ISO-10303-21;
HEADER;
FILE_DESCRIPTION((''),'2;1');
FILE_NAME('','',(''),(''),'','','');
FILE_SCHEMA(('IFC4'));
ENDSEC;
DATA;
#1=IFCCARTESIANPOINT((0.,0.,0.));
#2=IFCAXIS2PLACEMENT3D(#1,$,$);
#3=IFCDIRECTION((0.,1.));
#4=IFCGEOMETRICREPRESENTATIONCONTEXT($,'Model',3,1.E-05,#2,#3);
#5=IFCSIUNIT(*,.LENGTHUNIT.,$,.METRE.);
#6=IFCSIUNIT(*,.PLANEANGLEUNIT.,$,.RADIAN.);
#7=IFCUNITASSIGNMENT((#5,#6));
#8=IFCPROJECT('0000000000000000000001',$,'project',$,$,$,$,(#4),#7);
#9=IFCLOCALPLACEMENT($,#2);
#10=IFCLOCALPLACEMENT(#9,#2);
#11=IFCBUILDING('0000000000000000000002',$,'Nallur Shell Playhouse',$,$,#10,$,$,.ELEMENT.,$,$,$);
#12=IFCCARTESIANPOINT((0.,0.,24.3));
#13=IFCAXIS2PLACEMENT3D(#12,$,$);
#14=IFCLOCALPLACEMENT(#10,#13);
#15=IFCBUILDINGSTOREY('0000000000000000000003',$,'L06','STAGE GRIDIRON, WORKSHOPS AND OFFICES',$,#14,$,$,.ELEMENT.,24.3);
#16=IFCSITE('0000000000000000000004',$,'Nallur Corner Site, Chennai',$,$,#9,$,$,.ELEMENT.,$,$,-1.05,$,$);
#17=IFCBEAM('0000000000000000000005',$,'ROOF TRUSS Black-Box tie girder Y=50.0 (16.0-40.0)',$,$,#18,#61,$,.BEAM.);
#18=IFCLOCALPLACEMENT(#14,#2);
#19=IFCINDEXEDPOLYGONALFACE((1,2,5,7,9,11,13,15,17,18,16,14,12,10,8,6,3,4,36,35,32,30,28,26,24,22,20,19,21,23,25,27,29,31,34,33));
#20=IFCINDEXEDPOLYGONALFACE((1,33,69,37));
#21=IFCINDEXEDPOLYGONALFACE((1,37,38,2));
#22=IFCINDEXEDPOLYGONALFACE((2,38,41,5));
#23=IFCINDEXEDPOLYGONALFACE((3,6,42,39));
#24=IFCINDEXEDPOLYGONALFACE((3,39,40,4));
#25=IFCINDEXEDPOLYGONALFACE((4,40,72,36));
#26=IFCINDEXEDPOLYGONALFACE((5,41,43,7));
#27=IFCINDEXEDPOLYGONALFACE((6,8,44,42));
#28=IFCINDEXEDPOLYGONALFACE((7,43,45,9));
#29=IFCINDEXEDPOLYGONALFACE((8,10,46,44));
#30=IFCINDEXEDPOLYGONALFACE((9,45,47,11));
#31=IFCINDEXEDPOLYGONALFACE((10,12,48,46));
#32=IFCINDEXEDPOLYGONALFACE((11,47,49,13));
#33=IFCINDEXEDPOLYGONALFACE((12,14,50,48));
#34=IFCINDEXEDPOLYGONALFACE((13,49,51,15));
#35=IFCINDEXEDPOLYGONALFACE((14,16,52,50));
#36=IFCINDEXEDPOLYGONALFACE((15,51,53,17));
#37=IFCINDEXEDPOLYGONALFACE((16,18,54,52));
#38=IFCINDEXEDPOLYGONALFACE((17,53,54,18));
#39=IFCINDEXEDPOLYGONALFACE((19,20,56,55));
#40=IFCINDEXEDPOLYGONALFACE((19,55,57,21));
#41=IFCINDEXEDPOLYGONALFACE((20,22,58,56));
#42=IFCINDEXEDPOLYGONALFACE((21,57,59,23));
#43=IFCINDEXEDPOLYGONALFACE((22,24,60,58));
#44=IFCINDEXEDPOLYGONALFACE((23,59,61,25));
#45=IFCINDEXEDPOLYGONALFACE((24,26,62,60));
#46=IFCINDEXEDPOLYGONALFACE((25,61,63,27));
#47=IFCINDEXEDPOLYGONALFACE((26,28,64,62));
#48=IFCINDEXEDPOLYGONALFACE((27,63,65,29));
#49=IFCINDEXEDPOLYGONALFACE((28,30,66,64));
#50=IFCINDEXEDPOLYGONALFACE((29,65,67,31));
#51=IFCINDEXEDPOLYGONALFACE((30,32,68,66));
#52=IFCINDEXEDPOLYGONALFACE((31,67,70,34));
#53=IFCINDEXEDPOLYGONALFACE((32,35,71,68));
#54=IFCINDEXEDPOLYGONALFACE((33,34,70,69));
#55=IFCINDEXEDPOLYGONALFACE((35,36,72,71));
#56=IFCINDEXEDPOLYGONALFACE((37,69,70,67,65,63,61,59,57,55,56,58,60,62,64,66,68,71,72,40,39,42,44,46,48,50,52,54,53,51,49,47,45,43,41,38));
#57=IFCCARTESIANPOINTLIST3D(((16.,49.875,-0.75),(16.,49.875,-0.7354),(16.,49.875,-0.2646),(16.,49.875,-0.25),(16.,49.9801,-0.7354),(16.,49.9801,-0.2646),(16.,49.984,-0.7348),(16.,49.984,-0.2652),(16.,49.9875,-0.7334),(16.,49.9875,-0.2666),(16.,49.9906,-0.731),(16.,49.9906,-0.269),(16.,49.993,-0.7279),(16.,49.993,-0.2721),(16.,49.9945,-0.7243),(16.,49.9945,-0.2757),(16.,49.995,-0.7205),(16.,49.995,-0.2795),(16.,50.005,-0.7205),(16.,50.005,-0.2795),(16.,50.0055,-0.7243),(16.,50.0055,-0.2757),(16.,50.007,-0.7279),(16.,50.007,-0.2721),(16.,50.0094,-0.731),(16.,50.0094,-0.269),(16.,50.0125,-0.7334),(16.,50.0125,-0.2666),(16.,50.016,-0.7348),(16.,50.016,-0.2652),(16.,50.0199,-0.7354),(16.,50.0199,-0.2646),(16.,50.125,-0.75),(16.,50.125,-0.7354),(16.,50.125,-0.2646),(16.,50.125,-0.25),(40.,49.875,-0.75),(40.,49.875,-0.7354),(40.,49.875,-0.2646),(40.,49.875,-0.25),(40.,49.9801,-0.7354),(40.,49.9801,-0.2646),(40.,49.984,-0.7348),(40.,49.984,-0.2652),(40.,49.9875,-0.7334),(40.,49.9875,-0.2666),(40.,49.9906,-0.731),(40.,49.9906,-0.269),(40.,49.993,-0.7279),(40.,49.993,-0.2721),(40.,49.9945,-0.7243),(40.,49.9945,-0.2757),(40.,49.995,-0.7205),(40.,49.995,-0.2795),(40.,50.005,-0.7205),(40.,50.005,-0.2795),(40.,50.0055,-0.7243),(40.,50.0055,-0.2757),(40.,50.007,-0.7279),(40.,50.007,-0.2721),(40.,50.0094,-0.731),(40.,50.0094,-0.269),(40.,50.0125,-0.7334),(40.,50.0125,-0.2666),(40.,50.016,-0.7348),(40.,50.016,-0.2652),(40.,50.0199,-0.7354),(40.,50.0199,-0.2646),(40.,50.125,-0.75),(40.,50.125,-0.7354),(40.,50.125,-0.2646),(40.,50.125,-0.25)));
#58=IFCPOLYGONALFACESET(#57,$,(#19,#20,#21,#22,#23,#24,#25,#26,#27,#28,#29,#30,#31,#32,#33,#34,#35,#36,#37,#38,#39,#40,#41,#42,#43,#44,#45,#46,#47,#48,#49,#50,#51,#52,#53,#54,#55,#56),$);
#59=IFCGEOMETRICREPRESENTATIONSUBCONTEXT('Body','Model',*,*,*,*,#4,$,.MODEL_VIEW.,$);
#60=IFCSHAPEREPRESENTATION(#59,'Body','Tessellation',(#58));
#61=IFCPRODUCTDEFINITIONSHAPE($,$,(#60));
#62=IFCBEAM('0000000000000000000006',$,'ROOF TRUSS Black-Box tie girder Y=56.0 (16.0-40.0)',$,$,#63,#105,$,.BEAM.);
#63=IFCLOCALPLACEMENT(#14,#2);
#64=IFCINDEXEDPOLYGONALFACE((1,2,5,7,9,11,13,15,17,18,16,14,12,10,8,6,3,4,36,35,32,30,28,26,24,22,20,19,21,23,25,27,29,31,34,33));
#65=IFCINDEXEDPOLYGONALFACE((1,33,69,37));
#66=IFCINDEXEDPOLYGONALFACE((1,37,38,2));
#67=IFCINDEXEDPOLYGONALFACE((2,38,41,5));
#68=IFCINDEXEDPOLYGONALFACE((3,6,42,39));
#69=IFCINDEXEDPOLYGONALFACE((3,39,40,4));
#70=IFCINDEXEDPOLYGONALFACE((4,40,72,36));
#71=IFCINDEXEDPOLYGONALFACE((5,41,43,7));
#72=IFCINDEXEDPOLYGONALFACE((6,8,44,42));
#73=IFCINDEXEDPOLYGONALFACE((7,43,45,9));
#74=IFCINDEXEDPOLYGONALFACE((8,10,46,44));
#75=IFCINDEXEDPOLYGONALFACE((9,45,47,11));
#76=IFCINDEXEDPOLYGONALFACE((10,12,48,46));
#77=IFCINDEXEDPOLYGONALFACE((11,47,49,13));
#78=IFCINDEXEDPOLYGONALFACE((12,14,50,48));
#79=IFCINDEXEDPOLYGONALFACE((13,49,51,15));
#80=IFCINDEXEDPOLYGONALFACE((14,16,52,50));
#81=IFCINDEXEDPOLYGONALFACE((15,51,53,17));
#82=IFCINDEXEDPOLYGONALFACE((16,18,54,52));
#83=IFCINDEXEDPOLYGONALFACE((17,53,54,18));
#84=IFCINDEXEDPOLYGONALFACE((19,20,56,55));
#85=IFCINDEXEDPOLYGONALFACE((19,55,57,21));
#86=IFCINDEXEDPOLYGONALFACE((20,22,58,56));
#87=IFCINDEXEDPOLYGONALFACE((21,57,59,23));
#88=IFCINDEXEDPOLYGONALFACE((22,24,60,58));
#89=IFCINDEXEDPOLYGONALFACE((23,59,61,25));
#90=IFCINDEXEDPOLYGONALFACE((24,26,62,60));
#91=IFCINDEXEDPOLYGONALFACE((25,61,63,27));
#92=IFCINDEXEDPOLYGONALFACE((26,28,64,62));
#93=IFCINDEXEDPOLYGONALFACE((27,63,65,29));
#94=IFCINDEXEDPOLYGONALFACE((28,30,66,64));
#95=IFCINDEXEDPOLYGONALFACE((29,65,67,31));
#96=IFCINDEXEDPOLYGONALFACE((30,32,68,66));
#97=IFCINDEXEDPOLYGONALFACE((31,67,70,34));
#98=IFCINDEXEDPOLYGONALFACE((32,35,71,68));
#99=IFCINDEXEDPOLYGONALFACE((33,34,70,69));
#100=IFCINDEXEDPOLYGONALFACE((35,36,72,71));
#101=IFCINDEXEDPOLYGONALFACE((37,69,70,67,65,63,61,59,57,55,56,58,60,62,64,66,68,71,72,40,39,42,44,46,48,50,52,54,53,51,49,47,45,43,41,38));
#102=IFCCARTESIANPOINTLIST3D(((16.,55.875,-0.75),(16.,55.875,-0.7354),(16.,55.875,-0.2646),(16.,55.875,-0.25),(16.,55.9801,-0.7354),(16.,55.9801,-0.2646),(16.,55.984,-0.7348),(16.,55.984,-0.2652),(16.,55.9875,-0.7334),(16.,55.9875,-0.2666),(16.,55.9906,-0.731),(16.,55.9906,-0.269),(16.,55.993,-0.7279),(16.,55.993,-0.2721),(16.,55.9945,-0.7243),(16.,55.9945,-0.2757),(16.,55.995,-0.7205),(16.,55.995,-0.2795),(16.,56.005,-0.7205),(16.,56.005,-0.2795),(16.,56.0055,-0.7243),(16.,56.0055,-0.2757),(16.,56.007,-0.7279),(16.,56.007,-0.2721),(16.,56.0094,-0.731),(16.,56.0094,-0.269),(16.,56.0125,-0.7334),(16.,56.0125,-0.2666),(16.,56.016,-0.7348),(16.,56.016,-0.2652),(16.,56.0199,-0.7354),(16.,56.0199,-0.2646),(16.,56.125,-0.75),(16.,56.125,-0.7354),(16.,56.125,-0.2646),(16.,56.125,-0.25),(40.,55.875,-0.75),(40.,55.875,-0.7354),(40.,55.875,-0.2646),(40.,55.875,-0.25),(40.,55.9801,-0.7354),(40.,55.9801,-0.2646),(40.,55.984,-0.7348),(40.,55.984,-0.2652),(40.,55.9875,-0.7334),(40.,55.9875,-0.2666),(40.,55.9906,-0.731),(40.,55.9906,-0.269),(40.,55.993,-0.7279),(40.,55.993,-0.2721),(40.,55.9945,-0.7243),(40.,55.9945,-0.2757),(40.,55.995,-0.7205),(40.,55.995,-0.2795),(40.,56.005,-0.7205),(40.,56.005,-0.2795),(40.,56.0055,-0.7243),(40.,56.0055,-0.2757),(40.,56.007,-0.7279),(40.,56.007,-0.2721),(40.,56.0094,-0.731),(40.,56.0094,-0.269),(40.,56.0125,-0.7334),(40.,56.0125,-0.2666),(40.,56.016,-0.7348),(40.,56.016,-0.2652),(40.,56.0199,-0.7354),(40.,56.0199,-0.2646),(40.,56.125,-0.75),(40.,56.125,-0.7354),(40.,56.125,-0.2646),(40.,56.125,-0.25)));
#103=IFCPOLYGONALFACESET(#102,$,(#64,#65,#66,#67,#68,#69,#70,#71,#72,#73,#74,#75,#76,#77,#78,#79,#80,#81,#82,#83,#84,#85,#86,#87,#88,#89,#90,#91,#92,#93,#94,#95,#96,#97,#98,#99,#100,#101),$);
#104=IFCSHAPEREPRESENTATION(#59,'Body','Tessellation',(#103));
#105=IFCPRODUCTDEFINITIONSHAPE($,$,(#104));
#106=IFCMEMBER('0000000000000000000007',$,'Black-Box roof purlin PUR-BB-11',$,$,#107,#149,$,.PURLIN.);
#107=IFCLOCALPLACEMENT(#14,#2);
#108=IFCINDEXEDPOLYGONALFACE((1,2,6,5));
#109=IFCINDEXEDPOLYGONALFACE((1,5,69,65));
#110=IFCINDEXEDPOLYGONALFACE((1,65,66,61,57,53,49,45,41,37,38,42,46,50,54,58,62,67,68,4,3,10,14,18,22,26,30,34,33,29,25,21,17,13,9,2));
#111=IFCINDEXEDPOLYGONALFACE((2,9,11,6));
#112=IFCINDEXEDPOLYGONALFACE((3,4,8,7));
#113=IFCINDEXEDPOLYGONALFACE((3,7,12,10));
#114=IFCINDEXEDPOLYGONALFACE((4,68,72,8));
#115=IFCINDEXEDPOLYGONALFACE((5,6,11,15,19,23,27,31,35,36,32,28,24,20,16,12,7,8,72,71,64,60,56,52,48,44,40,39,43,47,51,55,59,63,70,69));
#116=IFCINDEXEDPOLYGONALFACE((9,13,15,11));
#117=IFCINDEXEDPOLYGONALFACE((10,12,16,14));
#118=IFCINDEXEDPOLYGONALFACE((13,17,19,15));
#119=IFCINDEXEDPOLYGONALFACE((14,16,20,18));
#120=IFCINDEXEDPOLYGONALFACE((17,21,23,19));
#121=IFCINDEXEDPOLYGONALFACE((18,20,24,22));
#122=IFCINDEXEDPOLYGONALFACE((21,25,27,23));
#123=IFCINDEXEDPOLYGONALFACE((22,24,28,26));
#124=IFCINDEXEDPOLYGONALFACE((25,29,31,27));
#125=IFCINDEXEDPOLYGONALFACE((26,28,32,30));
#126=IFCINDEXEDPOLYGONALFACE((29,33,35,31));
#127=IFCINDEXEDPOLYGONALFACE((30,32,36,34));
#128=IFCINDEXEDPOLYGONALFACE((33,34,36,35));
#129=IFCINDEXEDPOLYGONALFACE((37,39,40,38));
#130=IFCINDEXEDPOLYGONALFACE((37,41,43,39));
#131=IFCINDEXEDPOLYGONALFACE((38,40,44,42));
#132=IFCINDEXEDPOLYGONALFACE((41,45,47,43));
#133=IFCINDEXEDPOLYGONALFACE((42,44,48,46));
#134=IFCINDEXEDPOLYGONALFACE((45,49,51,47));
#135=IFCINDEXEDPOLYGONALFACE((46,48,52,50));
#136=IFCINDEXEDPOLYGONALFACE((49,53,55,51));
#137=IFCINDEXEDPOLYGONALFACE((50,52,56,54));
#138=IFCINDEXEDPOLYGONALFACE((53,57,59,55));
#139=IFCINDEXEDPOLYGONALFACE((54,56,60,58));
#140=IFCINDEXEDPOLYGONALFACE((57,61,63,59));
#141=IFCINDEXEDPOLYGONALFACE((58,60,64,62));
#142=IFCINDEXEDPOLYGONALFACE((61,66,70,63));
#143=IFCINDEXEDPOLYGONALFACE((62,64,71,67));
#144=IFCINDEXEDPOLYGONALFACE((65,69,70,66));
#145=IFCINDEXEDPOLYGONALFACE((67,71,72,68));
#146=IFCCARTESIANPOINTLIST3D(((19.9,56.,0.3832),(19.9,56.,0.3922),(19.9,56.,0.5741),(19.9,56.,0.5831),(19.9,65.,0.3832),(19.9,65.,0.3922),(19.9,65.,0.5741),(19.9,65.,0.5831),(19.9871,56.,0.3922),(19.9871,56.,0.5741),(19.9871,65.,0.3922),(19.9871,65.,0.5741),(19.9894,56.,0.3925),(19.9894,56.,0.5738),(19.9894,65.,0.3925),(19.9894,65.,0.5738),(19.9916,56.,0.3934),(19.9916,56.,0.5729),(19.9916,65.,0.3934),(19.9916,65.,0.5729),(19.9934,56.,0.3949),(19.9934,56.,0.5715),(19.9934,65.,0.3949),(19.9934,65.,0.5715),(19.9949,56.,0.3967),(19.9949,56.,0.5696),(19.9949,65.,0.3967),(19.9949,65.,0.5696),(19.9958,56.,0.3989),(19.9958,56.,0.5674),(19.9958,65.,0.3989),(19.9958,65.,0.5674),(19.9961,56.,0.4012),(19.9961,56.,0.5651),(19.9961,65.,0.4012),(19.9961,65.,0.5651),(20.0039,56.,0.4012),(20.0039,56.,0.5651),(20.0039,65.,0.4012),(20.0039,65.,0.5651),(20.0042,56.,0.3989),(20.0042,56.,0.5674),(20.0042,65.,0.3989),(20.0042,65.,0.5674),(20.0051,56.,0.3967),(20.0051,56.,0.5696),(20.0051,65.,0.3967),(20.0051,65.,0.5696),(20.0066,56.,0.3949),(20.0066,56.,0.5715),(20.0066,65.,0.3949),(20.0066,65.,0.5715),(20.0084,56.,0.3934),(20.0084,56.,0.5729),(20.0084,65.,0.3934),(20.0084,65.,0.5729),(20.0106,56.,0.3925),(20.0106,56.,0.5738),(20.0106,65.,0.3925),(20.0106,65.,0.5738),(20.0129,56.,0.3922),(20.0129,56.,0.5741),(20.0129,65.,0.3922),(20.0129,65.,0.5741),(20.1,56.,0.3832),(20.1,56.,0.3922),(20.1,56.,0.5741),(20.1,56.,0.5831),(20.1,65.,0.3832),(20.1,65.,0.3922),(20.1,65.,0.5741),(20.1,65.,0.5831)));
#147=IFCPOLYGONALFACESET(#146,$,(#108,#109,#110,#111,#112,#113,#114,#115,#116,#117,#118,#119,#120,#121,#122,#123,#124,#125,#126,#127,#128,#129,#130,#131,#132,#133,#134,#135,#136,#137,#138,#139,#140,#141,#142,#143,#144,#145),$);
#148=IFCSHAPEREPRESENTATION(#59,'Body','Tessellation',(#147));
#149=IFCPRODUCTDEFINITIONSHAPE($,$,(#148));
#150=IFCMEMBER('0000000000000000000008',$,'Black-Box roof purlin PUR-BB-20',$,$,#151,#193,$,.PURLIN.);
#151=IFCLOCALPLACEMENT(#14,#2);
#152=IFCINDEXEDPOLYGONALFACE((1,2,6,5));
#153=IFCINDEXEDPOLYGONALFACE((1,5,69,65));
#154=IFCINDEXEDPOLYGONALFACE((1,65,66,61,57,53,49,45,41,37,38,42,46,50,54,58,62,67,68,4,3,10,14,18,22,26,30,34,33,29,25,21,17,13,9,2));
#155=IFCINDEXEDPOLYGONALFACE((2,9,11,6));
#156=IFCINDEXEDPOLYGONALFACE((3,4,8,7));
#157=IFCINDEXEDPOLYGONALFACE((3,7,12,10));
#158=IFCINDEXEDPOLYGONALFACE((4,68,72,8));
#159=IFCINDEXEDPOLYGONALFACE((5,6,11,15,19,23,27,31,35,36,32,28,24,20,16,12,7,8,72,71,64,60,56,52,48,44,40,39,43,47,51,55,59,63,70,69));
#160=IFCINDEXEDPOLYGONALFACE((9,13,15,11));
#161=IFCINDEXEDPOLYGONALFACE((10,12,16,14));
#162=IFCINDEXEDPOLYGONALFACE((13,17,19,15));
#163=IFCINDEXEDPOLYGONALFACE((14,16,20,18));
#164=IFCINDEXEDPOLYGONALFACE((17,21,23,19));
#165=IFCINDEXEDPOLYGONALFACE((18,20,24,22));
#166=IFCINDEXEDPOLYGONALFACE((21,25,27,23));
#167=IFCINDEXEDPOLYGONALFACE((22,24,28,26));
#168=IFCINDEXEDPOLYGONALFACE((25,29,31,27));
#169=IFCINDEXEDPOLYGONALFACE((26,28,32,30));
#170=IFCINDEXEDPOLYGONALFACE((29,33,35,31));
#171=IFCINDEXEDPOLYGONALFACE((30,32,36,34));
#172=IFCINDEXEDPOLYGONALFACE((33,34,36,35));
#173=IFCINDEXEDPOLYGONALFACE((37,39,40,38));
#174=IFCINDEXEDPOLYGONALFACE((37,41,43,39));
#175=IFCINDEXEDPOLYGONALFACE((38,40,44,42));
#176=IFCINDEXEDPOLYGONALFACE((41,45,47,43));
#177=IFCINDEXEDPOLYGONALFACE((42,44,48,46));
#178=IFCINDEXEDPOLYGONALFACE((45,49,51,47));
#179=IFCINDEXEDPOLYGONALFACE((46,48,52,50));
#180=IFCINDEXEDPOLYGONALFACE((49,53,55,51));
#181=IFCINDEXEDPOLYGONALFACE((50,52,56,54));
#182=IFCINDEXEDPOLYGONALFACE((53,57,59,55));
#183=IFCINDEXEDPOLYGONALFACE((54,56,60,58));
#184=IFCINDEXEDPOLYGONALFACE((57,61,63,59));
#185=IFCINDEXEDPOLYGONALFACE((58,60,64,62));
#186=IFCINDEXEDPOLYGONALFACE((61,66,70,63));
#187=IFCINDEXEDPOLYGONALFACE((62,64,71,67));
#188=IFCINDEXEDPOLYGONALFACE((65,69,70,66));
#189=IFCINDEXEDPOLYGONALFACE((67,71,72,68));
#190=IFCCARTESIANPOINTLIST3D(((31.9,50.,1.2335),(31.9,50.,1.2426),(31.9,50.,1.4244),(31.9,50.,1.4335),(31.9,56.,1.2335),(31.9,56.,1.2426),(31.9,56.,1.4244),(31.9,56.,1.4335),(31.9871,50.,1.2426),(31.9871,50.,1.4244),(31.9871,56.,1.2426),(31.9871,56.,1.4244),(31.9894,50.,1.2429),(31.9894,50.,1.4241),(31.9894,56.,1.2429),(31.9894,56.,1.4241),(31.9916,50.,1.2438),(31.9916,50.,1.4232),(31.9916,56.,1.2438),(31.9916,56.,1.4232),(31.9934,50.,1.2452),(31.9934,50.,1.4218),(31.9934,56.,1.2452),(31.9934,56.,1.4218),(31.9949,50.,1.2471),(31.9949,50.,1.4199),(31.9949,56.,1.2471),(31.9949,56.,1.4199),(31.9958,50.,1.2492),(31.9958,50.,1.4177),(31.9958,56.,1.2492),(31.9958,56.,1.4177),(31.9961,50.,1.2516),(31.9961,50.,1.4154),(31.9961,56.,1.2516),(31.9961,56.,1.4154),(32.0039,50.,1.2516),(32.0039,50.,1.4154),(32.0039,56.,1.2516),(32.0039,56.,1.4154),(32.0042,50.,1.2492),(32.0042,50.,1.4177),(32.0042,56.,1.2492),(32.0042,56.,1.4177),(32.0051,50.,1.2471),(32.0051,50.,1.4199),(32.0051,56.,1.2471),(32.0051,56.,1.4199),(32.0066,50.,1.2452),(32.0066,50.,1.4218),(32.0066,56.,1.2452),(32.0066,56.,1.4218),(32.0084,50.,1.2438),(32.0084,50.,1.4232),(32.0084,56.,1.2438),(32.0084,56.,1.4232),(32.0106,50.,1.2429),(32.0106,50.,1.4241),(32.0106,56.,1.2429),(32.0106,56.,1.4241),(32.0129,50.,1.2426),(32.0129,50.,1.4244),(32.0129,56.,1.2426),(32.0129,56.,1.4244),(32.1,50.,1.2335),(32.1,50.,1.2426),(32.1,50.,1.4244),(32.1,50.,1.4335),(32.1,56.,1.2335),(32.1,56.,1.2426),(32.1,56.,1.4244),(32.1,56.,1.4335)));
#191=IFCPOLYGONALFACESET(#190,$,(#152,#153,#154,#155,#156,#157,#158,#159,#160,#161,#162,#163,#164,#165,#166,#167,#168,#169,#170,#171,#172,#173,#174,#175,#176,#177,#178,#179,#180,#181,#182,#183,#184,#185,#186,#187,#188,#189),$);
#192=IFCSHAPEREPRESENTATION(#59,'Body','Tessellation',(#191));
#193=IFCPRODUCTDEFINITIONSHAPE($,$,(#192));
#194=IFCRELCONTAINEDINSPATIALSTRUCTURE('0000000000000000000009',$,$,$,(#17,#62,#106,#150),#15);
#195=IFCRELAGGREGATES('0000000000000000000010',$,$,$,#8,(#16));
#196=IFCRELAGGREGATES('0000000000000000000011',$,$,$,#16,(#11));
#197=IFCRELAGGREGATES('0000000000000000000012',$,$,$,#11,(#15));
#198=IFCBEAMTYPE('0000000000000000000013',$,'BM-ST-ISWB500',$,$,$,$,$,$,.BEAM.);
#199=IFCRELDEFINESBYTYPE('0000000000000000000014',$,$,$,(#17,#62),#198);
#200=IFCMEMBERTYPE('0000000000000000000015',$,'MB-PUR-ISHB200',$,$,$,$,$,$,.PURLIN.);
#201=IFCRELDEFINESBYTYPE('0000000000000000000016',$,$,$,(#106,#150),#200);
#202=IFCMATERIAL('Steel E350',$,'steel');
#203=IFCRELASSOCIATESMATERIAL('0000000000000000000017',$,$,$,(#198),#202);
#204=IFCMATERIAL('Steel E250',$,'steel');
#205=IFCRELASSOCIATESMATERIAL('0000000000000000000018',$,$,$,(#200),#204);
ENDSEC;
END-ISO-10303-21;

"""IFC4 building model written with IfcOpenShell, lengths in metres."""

from ifc_helpers import new_model, si_unit, direction, frame, origin, origin_2d, place, context, subcontext, project, spatial, i_section, extrude, material, material_profile, profile_set, type_object, element, save


model = new_model("IFC4")

# Units and contexts
model_context = context("Model", 3, precision=1e-05, world=origin(), true_north=direction((0.0, 1.0)))
body_context = subcontext(model_context, "Body", "Model", "MODEL_VIEW")
ifc_project = project(units=[si_unit("LENGTHUNIT", "METRE"), si_unit("PLANEANGLEUNIT", "RADIAN")], contexts=[model_context])

# Site, building, storey
site_placement = place(None, origin())
site = spatial("IfcSite", under=ifc_project, at=site_placement, Name="Nallur Corner Site, Chennai", CompositionType="ELEMENT", RefElevation=-1.05)
building_placement = place(site_placement, origin())
building = spatial("IfcBuilding", under=site, at=building_placement, Name="Nallur Shell Playhouse", CompositionType="ELEMENT")
storey_placement = place(building_placement, frame((0.0, 0.0, 24.3)))
storey = spatial("IfcBuildingStorey", under=building, at=storey_placement, Name="L06", Description="STAGE GRIDIRON, WORKSHOPS AND OFFICES", CompositionType="ELEMENT", Elevation=24.3)

# Beams
ifc_material_1 = material(Name="Steel E250", Category="steel")
ifc_material_2 = material(Name="Steel E350", Category="steel")
ifc_material_profile_1 = material_profile(ifc_material_2, i_section(OverallWidth=0.25, OverallDepth=0.5, WebThickness=0.01, FlangeThickness=0.0146, FilletRadius=0.0149, at=origin_2d()), Name="ISWB 500")
ifc_profile_set_1 = profile_set([ifc_material_profile_1], Name="Steel E350")
beam_type_1 = type_object("IfcBeamType", Name="BM-ST-ISWB500", PredefinedType="BEAM", material=ifc_profile_set_1)
for number, where, z_axis, x_axis, name in (
    (1, (16.0, 50.0, -0.5), (1.0, 0.0, 0.0), (0.0, 1.0, 0.0), "ROOF TRUSS Black-Box tie girder Y=50.0 (16.0-40.0)"),
    (2, (16.0, 56.0, -0.5), (1.0, 0.0, 0.0), (0.0, 1.0, 0.0), "ROOF TRUSS Black-Box tie girder Y=56.0 (16.0-40.0)"),
):
    element("IfcBeam", number, at=place(storey_placement, frame(where, z_axis=z_axis, x_axis=x_axis)), inside=storey, type_object=beam_type_1, Name=name, PredefinedType="BEAM", context=body_context, shape_type="SweptSolid", body=[
        extrude(i_section(OverallWidth=0.25, OverallDepth=0.5, WebThickness=0.01, FlangeThickness=0.0146, FilletRadius=0.0149, at=origin_2d()), origin(), (0.0, 0.0, 1.0), 24.0),
    ])

# Members
ifc_material_profile_2 = material_profile(ifc_material_1, i_section(OverallWidth=0.2, OverallDepth=0.2, WebThickness=0.0078, FlangeThickness=0.009, FilletRadius=0.009, at=origin_2d()), Name="ISHB 200")
ifc_profile_set_2 = profile_set([ifc_material_profile_2], Name="Steel E250")
member_type_1 = type_object("IfcMemberType", Name="MB-PUR-ISHB200", PredefinedType="PURLIN", material=ifc_profile_set_2)
member_1_placement = place(storey_placement, frame((20.0, 56.0, 0.4832), z_axis=(0.0, 1.0, 0.0), x_axis=(-1.0, 0.0, 0.0)))
element("IfcMember", 3, at=member_1_placement, inside=storey, type_object=member_type_1, Name="Black-Box roof purlin PUR-BB-11", PredefinedType="PURLIN", context=body_context, shape_type="SweptSolid", body=[
    extrude(i_section(OverallWidth=0.2, OverallDepth=0.2, WebThickness=0.0078, FlangeThickness=0.009, FilletRadius=0.009, at=origin_2d()), origin(), (0.0, 0.0, 1.0), 9.0),
])
member_2_placement = place(storey_placement, frame((32.0, 50.0, 1.3335), z_axis=(0.0, 1.0, 0.0), x_axis=(-1.0, 0.0, 0.0)))
element("IfcMember", 4, at=member_2_placement, inside=storey, type_object=member_type_1, Name="Black-Box roof purlin PUR-BB-20", PredefinedType="PURLIN", context=body_context, shape_type="SweptSolid", body=[
    extrude(i_section(OverallWidth=0.2, OverallDepth=0.2, WebThickness=0.0078, FlangeThickness=0.009, FilletRadius=0.009, at=origin_2d()), origin(), (0.0, 0.0, 1.0), 6.0),
])

save(model, "model.ifc")
